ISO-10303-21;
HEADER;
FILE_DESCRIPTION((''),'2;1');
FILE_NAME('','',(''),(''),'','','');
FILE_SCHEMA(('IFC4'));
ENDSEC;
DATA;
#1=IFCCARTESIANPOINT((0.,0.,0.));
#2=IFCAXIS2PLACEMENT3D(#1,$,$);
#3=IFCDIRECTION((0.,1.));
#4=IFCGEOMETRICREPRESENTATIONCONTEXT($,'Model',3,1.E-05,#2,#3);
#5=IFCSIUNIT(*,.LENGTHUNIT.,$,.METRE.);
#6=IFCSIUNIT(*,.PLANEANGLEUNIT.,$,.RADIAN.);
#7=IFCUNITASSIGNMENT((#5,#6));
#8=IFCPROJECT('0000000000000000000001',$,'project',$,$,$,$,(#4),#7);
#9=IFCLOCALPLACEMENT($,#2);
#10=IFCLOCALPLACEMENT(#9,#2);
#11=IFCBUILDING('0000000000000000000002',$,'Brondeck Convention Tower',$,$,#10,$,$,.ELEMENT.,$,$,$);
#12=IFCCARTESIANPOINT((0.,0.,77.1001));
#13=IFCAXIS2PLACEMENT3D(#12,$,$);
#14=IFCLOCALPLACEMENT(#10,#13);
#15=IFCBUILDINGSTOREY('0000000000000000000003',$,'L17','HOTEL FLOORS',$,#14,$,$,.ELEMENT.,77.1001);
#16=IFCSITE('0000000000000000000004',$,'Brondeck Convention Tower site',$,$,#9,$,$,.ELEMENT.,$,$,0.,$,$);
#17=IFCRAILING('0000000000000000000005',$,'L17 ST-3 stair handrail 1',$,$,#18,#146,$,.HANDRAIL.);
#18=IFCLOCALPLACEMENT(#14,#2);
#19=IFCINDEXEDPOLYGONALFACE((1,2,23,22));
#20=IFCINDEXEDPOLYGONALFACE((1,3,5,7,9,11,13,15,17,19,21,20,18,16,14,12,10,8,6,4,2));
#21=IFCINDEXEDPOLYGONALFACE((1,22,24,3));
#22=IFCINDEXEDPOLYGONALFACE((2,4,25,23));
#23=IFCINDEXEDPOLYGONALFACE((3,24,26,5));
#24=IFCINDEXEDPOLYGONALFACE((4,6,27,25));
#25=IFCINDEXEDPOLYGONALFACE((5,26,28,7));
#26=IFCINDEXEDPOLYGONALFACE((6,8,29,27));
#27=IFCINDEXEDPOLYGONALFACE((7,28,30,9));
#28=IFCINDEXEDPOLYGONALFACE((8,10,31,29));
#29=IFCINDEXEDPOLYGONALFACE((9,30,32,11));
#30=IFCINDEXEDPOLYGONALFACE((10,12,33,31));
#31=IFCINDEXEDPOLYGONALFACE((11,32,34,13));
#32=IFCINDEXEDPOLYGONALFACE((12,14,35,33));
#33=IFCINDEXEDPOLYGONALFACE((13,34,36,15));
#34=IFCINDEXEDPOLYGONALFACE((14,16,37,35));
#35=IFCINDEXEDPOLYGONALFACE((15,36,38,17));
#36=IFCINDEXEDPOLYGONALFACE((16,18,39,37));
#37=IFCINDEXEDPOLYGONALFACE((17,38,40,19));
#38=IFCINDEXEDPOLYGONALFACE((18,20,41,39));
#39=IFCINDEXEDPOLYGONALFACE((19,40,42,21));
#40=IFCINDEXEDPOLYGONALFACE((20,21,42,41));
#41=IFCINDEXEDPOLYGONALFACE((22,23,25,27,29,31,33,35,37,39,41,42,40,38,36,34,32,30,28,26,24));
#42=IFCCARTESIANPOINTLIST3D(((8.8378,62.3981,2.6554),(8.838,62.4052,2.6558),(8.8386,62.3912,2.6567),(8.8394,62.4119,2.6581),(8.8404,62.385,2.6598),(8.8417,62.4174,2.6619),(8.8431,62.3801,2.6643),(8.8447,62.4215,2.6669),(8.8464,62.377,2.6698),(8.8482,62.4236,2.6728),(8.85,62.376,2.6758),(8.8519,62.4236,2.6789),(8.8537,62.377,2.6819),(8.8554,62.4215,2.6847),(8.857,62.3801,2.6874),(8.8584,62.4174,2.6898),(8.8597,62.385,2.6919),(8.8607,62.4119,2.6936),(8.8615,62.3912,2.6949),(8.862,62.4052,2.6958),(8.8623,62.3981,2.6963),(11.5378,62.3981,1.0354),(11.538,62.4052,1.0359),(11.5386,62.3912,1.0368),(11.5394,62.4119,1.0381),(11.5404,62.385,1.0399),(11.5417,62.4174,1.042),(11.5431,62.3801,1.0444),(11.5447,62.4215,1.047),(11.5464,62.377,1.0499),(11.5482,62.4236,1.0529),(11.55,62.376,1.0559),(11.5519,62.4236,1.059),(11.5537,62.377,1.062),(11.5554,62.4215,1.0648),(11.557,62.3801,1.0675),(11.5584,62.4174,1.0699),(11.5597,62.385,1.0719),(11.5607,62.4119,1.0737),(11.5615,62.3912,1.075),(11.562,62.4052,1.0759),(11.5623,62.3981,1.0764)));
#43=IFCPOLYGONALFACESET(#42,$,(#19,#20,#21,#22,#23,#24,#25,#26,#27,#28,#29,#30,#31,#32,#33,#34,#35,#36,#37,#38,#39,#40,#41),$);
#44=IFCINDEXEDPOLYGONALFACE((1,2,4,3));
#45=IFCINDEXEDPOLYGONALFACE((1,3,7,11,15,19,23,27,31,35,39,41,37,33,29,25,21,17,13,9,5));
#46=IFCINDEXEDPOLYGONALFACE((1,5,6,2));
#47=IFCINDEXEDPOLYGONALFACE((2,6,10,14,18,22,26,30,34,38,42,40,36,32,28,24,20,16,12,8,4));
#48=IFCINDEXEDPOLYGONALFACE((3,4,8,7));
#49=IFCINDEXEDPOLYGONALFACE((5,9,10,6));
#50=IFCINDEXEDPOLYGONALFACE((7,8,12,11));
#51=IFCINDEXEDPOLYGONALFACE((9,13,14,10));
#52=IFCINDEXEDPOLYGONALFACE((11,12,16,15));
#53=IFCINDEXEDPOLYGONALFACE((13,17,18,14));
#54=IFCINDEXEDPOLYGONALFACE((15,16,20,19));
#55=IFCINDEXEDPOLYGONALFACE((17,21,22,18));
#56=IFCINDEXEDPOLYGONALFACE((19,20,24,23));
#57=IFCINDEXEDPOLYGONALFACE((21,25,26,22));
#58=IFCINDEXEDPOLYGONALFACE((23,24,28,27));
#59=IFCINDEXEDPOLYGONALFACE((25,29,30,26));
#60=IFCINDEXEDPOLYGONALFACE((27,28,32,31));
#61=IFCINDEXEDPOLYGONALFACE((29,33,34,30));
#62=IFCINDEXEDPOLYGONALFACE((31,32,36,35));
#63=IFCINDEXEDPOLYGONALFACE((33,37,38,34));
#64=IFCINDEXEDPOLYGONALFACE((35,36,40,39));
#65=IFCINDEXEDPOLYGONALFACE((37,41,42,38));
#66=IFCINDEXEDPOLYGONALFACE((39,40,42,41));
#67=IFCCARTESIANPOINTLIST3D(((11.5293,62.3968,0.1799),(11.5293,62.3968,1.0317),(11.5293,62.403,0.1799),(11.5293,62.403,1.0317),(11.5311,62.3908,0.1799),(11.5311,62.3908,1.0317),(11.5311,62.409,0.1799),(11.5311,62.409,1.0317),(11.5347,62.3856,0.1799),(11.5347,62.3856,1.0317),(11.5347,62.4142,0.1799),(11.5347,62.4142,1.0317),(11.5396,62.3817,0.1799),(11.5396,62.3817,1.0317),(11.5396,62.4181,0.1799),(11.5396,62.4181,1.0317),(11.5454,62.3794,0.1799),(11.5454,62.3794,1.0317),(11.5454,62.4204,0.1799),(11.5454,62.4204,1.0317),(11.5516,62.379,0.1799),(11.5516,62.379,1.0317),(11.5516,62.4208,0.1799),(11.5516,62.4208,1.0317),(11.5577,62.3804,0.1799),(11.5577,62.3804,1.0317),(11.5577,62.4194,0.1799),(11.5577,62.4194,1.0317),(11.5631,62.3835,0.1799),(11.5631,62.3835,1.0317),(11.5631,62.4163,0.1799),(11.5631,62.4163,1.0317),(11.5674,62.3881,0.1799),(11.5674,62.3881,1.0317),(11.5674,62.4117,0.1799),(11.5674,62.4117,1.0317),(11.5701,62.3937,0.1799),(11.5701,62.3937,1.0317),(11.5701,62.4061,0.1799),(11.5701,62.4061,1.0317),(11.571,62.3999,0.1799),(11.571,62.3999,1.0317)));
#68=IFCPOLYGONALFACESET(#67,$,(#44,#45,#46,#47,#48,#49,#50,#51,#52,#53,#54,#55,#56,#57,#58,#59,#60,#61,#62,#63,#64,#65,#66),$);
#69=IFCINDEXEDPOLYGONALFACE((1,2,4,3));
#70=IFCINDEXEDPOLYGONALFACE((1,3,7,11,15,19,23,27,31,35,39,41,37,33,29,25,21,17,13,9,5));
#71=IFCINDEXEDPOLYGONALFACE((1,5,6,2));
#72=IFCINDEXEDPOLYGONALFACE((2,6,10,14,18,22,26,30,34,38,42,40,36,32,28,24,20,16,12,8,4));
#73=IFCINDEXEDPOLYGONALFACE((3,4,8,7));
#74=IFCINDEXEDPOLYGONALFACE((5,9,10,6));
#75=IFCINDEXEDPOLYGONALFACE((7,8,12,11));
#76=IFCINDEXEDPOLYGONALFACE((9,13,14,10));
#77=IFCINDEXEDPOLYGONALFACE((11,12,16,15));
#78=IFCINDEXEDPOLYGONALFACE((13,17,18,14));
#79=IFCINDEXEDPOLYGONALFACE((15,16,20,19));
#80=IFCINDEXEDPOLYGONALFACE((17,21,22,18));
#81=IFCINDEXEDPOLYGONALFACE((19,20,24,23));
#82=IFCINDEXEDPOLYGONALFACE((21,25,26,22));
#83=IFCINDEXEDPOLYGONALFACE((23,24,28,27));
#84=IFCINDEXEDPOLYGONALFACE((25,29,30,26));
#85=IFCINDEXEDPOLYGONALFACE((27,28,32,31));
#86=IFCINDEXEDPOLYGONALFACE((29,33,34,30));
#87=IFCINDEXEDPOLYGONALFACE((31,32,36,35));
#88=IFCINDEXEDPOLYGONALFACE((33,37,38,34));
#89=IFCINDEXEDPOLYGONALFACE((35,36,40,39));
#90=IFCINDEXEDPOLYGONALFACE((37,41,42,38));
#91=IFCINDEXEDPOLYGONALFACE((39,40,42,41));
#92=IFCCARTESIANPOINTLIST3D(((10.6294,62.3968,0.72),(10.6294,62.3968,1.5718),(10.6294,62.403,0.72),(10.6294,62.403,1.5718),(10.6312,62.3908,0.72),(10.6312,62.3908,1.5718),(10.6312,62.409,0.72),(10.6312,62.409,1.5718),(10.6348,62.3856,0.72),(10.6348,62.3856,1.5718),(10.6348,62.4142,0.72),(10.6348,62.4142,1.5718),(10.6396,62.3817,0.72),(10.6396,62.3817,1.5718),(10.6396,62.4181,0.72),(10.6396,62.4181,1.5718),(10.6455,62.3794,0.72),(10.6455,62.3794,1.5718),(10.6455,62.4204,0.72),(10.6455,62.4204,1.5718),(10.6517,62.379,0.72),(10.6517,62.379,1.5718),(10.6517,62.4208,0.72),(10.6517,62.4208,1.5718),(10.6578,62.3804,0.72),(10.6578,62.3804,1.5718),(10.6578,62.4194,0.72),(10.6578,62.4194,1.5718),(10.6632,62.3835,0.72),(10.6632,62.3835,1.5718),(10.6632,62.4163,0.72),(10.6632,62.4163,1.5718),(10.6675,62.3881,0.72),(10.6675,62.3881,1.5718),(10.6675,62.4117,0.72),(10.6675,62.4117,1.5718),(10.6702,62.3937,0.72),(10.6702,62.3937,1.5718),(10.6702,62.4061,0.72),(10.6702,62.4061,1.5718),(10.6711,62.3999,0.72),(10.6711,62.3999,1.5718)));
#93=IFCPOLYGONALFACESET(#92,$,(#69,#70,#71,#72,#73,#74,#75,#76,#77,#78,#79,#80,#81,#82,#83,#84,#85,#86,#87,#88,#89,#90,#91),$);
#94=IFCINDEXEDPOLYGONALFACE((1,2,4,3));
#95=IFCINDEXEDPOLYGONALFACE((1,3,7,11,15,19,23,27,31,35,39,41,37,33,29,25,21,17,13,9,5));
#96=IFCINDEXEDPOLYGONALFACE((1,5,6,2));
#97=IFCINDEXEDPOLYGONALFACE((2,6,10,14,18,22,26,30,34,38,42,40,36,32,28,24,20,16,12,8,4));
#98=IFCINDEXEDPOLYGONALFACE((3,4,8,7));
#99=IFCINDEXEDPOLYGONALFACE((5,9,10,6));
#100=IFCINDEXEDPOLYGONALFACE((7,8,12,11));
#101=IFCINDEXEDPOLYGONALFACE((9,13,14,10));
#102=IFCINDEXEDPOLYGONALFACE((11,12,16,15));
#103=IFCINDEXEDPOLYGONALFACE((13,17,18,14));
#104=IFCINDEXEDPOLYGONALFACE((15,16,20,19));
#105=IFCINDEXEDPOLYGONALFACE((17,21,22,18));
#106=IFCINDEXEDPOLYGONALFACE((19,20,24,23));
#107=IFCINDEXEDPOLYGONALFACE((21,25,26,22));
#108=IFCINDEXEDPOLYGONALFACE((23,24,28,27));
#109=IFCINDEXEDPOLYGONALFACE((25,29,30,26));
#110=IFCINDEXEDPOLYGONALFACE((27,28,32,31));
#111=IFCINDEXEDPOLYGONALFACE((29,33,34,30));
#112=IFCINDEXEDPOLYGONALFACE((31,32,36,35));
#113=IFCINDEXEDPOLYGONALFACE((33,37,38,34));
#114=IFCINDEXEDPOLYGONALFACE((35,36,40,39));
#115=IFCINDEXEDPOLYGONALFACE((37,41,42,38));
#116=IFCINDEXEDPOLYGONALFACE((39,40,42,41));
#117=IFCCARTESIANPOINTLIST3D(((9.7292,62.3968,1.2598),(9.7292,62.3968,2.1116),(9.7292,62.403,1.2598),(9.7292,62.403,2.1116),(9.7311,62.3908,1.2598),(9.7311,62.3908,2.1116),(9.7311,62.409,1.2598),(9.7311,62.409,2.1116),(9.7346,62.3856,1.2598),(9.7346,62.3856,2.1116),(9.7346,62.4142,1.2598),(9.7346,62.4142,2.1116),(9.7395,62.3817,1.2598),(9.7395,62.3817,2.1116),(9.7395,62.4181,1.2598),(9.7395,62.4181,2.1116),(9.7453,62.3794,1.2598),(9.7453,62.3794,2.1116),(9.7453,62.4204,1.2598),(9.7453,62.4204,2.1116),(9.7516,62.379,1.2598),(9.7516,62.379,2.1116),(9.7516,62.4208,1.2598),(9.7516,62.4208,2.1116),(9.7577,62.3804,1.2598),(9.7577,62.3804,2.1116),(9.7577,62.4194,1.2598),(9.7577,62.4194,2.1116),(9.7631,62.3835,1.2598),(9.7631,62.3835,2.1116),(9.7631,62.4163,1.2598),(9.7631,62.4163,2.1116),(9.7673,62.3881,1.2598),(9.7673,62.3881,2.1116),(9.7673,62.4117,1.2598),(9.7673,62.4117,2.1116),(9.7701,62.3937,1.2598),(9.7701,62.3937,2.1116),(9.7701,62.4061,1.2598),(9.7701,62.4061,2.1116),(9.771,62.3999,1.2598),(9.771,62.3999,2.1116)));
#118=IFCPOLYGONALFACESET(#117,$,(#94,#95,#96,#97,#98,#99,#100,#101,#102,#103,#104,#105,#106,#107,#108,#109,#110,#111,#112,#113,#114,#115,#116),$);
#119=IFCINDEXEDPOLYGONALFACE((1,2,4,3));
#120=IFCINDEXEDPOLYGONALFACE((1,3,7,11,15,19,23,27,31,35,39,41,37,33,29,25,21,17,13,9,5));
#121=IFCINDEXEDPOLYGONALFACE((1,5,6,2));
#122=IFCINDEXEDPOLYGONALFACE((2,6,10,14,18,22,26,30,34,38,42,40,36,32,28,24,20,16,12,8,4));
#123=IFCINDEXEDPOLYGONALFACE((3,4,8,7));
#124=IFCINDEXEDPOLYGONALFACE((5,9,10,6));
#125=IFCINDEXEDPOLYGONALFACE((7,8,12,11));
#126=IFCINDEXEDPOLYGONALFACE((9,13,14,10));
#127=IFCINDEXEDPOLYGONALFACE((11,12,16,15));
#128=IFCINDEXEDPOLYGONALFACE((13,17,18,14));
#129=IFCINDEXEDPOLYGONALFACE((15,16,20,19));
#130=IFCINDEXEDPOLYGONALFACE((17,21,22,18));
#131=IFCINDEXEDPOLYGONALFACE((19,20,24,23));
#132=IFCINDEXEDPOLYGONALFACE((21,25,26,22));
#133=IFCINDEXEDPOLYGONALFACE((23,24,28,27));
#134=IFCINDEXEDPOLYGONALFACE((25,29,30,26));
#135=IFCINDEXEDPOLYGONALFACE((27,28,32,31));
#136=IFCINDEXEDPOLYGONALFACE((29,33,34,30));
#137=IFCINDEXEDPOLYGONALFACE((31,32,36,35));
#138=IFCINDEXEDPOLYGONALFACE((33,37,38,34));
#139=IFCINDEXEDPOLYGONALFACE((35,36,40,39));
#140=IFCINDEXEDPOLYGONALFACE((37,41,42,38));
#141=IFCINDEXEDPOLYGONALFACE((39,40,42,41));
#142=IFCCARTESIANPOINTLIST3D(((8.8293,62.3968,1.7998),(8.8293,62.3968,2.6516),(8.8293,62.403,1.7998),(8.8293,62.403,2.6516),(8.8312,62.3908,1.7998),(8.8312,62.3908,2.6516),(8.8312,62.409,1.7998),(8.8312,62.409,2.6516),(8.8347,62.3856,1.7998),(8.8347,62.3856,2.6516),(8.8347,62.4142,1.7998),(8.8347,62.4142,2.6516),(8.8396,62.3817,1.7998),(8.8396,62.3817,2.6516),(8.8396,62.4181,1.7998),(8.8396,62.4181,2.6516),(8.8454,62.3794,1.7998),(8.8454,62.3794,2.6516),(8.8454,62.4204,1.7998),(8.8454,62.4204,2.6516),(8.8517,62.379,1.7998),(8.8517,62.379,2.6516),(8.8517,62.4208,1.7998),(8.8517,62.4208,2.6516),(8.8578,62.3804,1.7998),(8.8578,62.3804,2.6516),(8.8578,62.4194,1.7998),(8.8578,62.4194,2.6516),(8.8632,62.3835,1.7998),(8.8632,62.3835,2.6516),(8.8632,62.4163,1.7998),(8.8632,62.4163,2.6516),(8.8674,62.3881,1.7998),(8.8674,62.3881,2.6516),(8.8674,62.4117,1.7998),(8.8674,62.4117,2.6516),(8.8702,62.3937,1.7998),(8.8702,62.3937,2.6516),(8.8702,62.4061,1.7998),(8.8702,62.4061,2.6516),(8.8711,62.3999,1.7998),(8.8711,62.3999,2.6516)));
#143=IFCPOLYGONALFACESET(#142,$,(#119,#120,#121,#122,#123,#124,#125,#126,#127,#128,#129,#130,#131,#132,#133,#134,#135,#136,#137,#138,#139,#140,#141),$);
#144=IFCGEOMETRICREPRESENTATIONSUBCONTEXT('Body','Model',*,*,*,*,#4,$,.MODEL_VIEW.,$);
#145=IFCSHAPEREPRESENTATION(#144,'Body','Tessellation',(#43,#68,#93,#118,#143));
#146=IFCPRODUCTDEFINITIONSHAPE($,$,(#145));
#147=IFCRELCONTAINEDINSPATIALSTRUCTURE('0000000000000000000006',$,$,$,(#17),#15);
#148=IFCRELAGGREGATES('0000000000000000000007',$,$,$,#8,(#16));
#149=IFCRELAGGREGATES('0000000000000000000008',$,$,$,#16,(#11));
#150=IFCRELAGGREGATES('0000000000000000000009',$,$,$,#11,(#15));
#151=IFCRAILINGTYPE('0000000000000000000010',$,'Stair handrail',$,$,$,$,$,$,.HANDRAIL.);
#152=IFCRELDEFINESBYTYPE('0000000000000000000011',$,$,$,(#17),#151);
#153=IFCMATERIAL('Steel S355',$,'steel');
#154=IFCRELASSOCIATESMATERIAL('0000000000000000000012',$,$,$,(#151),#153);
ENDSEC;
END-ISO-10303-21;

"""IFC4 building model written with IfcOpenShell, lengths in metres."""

from ifc_helpers import new_model, si_unit, direction, frame, origin, origin_2d, place, context, subcontext, project, spatial, circle, extrude, material, type_object, element, save


model = new_model("IFC4")

# Units and contexts
model_context = context("Model", 3, precision=1e-05, world=origin(), true_north=direction((0.0, 1.0)))
body_context = subcontext(model_context, "Body", "Model", "MODEL_VIEW")
ifc_project = project(units=[si_unit("LENGTHUNIT", "METRE"), si_unit("PLANEANGLEUNIT", "RADIAN")], contexts=[model_context])

# Site, building, storey
site_placement = place(None, origin())
site = spatial("IfcSite", under=ifc_project, at=site_placement, Name="Brondeck Convention Tower site", CompositionType="ELEMENT", RefElevation=0.0)
building_placement = place(site_placement, origin())
building = spatial("IfcBuilding", under=site, at=building_placement, Name="Brondeck Convention Tower", CompositionType="ELEMENT")
storey_placement = place(building_placement, frame((0.0, 0.0, 77.1001)))
storey = spatial("IfcBuildingStorey", under=building, at=storey_placement, Name="L17", Description="HOTEL FLOORS", CompositionType="ELEMENT", Elevation=77.1001)

# Railing
ifc_material_1 = material(Name="Steel S355", Category="steel")
railing_type_1 = type_object("IfcRailingType", Name="Stair handrail", PredefinedType="HANDRAIL", material=ifc_material_1)
railing_1_placement = place(storey_placement, frame((11.55, 62.3999, 0.1799)))
element("IfcRailing", 1, at=railing_1_placement, inside=storey, type_object=railing_type_1, Name="L17 ST-3 stair handrail 1", PredefinedType="HANDRAIL", context=body_context, shape_type="SweptSolid", body=[
    extrude(circle(Radius=0.0239, at=origin_2d()), frame((0.0, 0.0, 0.876), z_axis=(-0.857507, 0.0, 0.514473), x_axis=(0.0, -1.0, 0.0)), (0.0, 0.0, 1.0), 3.1487),
    extrude(circle(Radius=0.021, at=origin_2d()), origin(), (0.0, 0.0, 1.0), 0.8518),
    extrude(circle(Radius=0.021, at=origin_2d()), frame((-0.8999, 0.0, 0.54)), (0.0, 0.0, 1.0), 0.8518),
    extrude(circle(Radius=0.021, at=origin_2d()), frame((-1.8, 0.0, 1.0798)), (0.0, 0.0, 1.0), 0.8518),
    extrude(circle(Radius=0.021, at=origin_2d()), frame((-2.7, 0.0, 1.6199)), (0.0, 0.0, 1.0), 0.8518),
])

save(model, "model.ifc")
